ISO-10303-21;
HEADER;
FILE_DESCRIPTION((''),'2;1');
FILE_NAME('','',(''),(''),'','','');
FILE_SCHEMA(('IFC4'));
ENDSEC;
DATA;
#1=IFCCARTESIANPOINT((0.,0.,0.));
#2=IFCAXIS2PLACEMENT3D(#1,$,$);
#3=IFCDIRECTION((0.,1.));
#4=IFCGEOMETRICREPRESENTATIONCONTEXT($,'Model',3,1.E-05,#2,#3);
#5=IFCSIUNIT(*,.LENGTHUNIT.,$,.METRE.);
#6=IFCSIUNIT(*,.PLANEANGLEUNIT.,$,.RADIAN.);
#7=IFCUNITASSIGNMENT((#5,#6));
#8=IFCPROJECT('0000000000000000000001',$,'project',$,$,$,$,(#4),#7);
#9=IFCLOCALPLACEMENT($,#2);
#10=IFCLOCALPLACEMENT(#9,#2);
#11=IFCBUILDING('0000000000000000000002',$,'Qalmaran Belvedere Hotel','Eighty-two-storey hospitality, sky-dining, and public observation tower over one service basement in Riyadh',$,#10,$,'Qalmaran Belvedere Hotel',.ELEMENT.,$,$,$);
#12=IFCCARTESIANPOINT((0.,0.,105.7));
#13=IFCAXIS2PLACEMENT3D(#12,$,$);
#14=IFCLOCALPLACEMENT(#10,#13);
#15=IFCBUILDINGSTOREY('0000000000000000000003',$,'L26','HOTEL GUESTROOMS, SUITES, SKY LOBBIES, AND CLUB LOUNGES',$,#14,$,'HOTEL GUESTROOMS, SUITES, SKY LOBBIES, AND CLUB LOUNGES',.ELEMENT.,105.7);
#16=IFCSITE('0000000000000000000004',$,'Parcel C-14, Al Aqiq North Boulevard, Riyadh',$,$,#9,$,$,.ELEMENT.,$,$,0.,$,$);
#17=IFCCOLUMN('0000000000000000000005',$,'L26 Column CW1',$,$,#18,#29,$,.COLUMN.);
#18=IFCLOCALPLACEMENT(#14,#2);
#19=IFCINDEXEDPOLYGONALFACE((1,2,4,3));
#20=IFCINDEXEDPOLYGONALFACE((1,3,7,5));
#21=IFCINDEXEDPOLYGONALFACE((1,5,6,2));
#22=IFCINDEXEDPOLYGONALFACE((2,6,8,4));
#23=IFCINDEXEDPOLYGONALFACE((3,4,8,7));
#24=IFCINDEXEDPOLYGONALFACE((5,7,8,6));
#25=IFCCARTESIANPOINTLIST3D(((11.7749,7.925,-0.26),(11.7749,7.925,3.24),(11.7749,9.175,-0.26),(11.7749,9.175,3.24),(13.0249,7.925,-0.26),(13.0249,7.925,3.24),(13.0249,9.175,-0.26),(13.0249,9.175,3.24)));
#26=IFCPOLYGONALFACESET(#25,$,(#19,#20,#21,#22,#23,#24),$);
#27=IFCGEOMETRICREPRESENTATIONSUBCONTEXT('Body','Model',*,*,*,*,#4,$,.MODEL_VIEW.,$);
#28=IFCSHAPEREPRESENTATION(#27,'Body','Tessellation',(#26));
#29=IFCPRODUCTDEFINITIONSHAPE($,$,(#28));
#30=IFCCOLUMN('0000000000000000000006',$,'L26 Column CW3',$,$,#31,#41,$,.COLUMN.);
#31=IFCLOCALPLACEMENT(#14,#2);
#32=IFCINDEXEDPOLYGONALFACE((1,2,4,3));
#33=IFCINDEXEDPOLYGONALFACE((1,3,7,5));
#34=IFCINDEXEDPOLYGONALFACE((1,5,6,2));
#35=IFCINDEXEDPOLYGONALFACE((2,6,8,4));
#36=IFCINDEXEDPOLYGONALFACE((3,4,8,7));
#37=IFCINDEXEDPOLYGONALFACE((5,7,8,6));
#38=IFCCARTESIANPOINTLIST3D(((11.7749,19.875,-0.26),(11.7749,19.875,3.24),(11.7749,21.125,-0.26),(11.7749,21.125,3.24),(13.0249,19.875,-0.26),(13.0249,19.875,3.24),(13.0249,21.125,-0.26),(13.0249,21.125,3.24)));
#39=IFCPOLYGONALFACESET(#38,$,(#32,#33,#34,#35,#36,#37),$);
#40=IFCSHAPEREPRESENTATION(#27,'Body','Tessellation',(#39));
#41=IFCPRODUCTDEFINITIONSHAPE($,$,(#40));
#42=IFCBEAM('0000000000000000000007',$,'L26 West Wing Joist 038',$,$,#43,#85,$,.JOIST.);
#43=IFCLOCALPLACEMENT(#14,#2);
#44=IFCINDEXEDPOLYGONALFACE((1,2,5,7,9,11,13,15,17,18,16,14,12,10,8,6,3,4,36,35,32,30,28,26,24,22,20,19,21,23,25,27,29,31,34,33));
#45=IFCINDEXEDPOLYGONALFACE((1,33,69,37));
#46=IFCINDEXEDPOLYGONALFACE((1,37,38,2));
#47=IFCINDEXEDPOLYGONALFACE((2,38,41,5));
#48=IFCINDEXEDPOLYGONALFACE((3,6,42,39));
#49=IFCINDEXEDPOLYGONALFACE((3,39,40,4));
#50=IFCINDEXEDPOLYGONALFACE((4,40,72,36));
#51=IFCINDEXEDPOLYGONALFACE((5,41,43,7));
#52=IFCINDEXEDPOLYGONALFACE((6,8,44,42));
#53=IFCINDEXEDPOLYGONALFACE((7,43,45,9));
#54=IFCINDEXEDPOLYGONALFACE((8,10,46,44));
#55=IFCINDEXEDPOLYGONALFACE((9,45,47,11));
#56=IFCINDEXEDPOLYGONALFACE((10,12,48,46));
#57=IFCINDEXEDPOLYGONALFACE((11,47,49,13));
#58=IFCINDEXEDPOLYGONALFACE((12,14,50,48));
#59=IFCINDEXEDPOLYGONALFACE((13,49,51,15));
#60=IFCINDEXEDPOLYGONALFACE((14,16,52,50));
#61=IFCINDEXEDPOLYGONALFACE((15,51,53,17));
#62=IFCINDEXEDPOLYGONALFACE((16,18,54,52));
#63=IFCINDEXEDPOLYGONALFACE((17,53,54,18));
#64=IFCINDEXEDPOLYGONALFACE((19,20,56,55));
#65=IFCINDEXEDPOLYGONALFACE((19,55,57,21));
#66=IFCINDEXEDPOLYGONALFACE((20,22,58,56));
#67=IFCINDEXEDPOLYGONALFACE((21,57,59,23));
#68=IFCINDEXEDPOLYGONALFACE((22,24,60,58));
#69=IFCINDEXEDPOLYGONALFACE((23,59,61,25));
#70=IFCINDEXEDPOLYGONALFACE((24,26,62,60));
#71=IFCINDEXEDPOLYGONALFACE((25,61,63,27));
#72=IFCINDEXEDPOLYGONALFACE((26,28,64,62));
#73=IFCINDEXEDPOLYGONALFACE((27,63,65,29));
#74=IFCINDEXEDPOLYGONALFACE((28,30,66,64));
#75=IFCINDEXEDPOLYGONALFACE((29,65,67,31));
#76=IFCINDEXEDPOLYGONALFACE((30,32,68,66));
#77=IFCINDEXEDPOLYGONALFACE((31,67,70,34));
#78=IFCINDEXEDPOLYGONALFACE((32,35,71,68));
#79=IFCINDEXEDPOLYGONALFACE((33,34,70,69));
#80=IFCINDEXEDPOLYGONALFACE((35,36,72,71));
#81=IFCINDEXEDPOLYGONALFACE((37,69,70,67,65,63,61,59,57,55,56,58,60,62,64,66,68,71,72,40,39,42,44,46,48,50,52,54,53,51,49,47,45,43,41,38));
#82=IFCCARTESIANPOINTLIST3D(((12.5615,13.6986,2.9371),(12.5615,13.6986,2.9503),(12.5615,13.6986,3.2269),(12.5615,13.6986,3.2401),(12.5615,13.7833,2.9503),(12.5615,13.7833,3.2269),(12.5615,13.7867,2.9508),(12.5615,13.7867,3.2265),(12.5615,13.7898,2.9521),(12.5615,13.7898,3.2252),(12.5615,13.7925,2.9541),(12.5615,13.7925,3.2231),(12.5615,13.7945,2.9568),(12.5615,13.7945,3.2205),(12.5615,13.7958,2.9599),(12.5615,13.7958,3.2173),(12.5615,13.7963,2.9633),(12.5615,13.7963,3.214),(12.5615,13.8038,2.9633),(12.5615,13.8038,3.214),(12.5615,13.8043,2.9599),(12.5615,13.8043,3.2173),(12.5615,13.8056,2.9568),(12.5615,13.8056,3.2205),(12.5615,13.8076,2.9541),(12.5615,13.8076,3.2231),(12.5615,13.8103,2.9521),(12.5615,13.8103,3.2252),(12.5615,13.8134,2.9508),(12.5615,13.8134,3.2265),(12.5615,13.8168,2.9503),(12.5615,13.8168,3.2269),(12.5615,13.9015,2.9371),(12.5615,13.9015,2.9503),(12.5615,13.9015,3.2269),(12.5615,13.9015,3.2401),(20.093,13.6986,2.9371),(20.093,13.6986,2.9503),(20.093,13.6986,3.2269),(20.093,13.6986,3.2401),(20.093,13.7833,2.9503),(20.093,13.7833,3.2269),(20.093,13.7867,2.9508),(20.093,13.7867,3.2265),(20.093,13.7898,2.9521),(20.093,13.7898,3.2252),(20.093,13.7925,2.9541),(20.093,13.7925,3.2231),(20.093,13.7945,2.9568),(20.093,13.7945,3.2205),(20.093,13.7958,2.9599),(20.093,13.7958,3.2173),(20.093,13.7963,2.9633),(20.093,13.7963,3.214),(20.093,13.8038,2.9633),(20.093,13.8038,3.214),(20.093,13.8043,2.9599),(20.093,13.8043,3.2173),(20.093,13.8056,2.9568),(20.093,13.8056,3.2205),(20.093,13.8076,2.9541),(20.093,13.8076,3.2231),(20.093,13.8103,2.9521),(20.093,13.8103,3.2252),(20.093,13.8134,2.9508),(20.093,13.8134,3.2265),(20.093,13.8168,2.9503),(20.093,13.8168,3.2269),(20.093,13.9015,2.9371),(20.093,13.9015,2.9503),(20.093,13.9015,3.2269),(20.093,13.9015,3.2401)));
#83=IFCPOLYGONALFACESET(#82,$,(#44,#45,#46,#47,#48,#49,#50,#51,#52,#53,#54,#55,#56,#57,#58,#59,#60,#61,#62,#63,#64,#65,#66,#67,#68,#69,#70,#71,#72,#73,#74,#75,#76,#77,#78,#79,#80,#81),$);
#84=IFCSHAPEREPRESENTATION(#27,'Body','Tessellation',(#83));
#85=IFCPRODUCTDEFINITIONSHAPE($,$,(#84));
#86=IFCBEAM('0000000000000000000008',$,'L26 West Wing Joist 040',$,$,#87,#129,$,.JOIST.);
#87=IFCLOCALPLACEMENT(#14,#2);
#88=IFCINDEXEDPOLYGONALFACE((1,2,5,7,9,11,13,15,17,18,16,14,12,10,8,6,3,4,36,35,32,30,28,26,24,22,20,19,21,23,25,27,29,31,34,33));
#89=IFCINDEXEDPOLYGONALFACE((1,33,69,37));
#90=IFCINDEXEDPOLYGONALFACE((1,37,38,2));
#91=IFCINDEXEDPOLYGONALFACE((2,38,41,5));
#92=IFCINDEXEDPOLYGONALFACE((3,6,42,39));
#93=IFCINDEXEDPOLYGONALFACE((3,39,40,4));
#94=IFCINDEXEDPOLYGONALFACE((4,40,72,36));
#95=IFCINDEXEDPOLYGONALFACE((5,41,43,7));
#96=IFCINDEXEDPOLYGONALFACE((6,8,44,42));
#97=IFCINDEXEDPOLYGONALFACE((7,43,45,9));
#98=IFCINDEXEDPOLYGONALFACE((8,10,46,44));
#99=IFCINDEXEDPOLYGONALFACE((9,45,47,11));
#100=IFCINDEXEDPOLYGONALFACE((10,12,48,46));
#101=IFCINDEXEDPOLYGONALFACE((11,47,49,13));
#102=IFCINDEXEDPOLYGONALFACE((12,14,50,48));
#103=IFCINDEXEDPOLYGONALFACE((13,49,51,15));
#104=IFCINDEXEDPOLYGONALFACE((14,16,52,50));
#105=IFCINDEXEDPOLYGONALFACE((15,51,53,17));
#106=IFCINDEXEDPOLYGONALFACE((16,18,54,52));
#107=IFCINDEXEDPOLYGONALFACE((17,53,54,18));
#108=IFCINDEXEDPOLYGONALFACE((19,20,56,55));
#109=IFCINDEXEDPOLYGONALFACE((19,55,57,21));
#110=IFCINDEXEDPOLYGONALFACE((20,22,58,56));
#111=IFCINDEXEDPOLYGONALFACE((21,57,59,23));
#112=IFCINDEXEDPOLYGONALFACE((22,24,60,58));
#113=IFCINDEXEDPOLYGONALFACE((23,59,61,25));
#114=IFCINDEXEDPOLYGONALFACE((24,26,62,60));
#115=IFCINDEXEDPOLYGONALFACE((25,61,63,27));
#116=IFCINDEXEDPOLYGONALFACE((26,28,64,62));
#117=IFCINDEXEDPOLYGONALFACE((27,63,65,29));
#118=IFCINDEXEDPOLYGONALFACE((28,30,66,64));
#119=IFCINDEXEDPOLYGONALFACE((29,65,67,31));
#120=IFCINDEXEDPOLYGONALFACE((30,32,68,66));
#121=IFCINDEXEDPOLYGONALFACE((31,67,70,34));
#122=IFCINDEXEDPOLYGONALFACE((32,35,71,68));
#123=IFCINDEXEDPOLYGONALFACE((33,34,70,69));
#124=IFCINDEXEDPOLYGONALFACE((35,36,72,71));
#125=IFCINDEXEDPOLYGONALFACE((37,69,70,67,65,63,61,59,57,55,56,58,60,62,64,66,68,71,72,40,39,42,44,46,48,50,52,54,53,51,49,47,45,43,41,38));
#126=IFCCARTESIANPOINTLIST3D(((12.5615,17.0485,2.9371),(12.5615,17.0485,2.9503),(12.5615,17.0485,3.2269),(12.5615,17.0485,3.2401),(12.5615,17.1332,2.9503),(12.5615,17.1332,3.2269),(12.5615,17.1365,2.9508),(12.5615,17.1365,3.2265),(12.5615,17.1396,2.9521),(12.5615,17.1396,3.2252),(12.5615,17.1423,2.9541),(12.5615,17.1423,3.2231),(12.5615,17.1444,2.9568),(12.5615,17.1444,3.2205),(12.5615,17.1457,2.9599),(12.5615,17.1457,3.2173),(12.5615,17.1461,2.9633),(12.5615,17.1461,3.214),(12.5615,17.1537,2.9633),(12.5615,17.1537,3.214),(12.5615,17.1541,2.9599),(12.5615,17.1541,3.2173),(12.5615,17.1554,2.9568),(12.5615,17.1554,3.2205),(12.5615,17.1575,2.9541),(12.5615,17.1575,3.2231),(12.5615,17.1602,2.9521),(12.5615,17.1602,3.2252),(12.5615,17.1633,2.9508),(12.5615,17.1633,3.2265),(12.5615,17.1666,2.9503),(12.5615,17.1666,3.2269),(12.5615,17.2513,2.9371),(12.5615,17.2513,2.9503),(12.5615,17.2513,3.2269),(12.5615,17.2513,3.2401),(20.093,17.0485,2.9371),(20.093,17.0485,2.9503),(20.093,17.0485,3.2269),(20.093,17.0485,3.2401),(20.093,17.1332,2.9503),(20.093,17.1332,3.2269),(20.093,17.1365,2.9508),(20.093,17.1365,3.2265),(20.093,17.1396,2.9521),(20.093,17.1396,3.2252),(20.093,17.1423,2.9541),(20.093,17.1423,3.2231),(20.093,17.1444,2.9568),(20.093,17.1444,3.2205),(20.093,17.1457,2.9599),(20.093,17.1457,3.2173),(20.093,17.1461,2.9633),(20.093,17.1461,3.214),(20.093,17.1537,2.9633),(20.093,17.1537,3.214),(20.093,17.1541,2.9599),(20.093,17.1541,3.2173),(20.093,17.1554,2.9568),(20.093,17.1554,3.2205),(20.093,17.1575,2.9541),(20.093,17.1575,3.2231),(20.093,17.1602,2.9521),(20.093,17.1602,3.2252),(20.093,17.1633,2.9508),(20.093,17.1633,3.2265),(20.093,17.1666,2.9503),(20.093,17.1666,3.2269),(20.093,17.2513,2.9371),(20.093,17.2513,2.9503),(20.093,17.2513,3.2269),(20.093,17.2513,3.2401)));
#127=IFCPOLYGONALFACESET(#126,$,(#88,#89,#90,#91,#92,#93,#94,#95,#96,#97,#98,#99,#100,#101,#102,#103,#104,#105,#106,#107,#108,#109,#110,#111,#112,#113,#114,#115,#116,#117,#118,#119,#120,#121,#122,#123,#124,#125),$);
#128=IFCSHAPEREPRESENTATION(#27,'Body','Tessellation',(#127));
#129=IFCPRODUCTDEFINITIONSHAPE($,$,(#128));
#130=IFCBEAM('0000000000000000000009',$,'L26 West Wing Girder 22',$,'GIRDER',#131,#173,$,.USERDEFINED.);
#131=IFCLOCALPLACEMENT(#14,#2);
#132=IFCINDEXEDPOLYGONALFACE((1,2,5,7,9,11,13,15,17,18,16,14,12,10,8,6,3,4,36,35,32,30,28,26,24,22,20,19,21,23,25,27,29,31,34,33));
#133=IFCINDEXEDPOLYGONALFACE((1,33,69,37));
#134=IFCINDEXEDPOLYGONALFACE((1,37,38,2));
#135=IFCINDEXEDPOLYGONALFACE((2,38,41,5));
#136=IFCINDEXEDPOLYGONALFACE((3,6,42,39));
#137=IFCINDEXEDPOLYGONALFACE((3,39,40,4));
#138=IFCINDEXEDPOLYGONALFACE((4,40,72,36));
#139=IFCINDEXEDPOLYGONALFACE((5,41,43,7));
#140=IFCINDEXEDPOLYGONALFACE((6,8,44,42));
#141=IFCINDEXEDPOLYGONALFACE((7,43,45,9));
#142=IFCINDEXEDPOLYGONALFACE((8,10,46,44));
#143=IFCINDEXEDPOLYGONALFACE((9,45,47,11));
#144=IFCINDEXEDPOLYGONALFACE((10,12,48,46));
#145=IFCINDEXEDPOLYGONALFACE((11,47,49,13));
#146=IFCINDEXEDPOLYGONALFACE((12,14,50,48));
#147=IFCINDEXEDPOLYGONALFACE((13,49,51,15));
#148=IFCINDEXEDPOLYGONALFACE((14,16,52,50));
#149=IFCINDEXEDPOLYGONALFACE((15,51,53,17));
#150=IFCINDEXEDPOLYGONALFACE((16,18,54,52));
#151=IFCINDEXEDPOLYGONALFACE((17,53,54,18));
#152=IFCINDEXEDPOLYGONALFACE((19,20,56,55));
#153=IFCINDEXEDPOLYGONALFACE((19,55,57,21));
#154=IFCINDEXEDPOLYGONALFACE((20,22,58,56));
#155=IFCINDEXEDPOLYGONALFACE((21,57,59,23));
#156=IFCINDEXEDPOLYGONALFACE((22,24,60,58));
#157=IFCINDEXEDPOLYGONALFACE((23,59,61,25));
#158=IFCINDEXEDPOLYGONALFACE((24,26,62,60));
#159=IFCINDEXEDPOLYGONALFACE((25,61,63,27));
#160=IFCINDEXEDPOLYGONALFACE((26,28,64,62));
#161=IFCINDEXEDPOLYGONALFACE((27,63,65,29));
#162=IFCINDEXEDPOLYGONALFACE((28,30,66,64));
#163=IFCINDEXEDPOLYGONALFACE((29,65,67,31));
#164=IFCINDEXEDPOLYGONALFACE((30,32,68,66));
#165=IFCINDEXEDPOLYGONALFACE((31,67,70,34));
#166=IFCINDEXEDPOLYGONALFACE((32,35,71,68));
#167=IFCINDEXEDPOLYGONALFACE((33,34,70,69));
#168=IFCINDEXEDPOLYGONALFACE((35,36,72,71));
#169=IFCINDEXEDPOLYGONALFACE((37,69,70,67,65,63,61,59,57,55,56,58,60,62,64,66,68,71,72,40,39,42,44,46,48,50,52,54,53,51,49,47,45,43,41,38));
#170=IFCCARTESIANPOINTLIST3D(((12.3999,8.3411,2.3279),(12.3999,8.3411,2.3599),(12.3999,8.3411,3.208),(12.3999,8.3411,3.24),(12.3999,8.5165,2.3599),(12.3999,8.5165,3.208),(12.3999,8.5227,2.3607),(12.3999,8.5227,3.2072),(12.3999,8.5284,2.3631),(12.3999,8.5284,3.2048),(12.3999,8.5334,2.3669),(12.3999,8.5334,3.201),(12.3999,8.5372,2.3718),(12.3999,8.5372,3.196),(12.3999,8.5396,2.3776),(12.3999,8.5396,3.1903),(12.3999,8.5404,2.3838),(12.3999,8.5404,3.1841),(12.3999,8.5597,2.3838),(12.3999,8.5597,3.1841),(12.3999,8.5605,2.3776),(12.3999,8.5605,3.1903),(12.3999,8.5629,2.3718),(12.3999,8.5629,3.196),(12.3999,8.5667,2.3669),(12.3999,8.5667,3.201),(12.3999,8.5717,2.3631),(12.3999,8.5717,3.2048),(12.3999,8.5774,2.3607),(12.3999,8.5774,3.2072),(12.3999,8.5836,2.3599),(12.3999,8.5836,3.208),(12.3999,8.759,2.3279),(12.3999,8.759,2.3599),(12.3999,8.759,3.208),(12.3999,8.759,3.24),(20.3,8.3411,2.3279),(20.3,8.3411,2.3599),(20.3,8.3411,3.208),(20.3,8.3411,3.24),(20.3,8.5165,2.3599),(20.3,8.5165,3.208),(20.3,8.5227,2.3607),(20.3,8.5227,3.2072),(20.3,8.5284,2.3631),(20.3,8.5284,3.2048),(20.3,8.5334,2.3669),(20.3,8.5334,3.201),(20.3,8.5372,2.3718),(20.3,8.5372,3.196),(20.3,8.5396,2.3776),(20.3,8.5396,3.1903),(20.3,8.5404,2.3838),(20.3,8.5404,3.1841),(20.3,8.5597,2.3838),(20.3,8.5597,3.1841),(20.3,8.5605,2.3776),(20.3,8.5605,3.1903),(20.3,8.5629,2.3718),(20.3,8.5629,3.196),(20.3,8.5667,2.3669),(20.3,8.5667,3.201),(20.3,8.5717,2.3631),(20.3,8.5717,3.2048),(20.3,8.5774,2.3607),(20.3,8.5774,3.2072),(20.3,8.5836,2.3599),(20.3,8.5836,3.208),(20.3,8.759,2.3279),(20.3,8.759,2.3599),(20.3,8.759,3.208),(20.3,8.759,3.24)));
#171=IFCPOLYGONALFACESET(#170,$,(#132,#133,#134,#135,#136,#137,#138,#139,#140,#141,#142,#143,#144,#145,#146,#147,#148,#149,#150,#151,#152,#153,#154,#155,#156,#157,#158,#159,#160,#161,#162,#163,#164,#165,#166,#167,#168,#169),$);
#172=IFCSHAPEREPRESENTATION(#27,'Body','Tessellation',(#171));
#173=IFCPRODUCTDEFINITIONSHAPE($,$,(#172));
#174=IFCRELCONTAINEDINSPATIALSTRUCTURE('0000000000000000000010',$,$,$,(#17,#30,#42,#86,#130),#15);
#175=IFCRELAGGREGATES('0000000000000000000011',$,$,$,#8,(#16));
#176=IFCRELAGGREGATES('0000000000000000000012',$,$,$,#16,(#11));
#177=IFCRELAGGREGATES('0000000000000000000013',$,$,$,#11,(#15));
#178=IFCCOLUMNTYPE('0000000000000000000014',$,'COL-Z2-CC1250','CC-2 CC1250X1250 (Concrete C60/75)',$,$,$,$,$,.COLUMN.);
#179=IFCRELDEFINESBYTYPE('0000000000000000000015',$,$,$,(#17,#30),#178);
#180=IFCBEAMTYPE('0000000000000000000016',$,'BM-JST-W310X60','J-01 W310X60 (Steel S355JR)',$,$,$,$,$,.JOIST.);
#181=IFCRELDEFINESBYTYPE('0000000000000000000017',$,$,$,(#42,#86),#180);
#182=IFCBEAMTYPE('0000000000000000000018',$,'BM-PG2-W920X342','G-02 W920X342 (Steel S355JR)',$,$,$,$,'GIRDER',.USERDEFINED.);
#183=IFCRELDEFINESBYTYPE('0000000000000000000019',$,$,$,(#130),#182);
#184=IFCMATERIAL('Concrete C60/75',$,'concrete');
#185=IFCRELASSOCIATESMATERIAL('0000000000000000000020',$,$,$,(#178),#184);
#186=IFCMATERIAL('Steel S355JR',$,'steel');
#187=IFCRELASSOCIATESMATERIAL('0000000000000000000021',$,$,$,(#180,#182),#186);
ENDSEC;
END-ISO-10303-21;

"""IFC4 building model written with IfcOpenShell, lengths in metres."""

from ifc_helpers import new_model, si_unit, direction, frame, origin, origin_2d, place, context, subcontext, project, spatial, rectangle, i_section, extrude, material, material_profile, profile_set, type_object, element, save


model = new_model("IFC4")

# Units and contexts
model_context = context("Model", 3, precision=1e-05, world=origin(), true_north=direction((0.0, 1.0)))
body_context = subcontext(model_context, "Body", "Model", "MODEL_VIEW")
ifc_project = project(units=[si_unit("LENGTHUNIT", "METRE"), si_unit("PLANEANGLEUNIT", "RADIAN")], contexts=[model_context])

# Site, building, storey
site_placement = place(None, origin())
site = spatial("IfcSite", under=ifc_project, at=site_placement, Name="Parcel C-14, Al Aqiq North Boulevard, Riyadh", CompositionType="ELEMENT", RefElevation=0.0)
building_placement = place(site_placement, origin())
building = spatial("IfcBuilding", under=site, at=building_placement, Name="Qalmaran Belvedere Hotel", Description="Eighty-two-storey hospitality, sky-dining, and public observation tower over one service basement in Riyadh", LongName="Qalmaran Belvedere Hotel", CompositionType="ELEMENT")
storey_placement = place(building_placement, frame((0.0, 0.0, 105.7)))
storey = spatial("IfcBuildingStorey", under=building, at=storey_placement, Name="L26", Description="HOTEL GUESTROOMS, SUITES, SKY LOBBIES, AND CLUB LOUNGES", LongName="HOTEL GUESTROOMS, SUITES, SKY LOBBIES, AND CLUB LOUNGES", CompositionType="ELEMENT", Elevation=105.7)

# Columns
ifc_material_1 = material(Name="Concrete C60/75", Category="concrete")
ifc_material_profile_1 = material_profile(ifc_material_1, rectangle(XDim=1.25, YDim=1.25, at=origin_2d()), Name="CC1250X1250")
ifc_profile_set_1 = profile_set([ifc_material_profile_1], Name="Concrete C60/75")
column_type = type_object("IfcColumnType", Name="COL-Z2-CC1250", Description="CC-2 CC1250X1250 (Concrete C60/75)", PredefinedType="COLUMN", material=ifc_profile_set_1)
for number, where, z_axis, x_axis, name in (
    (1, (12.3999, 8.55, -0.26), (0.0, 0.0, 1.0), (1.0, 0.0, 0.0), "L26 Column CW1"),
    (2, (12.3999, 20.5, -0.26), (0.0, 0.0, 1.0), (1.0, 0.0, 0.0), "L26 Column CW3"),
):
    element("IfcColumn", number, at=place(storey_placement, frame(where, z_axis=z_axis, x_axis=x_axis)), inside=storey, type_object=column_type, Name=name, PredefinedType="COLUMN", context=body_context, shape_type="SweptSolid", body=[
        extrude(rectangle(XDim=1.25, YDim=1.25, at=origin_2d()), origin(), (0.0, 0.0, 1.0), 3.5),
    ])

# Beams
ifc_material_2 = material(Name="Steel S355JR", Category="steel")
ifc_material_profile_2 = material_profile(ifc_material_2, i_section(OverallWidth=0.2029, OverallDepth=0.303, WebThickness=0.0076, FlangeThickness=0.0132, FilletRadius=0.0129, at=origin_2d()), Name="W310X60")
ifc_profile_set_2 = profile_set([ifc_material_profile_2], Name="Steel S355JR")
beam_type_1 = type_object("IfcBeamType", Name="BM-JST-W310X60", Description="J-01 W310X60 (Steel S355JR)", PredefinedType="JOIST", material=ifc_profile_set_2)
for number, where, z_axis, x_axis, name in (
    (3, (12.5615, 13.8, 3.0886), (1.0, 0.0, 0.0), (0.0, 1.0, 0.0), "L26 West Wing Joist 038"),
    (4, (12.5615, 17.1499, 3.0886), (1.0, 0.0, 0.0), (0.0, 1.0, 0.0), "L26 West Wing Joist 040"),
):
    element("IfcBeam", number, at=place(storey_placement, frame(where, z_axis=z_axis, x_axis=x_axis)), inside=storey, type_object=beam_type_1, Name=name, PredefinedType="JOIST", context=body_context, shape_type="SweptSolid", body=[
        extrude(i_section(OverallWidth=0.2029, OverallDepth=0.303, WebThickness=0.0076, FlangeThickness=0.0132, FilletRadius=0.0129, at=origin_2d()), origin(), (0.0, 0.0, 1.0), 7.5315),
    ])
ifc_material_profile_3 = material_profile(ifc_material_2, i_section(OverallWidth=0.418, OverallDepth=0.9121, WebThickness=0.0193, FlangeThickness=0.032, FilletRadius=0.0239, at=origin_2d()), Name="W920X342")
ifc_profile_set_3 = profile_set([ifc_material_profile_3], Name="Steel S355JR")
beam_type_2 = type_object("IfcBeamType", Name="BM-PG2-W920X342", Description="G-02 W920X342 (Steel S355JR)", ElementType="GIRDER", PredefinedType="USERDEFINED", material=ifc_profile_set_3)
for number, where, z_axis, x_axis, name in (
    (5, (12.3999, 8.55, 2.7839), (1.0, 0.0, 0.0), (0.0, 1.0, 0.0), "L26 West Wing Girder 22"),
):
    element("IfcBeam", number, at=place(storey_placement, frame(where, z_axis=z_axis, x_axis=x_axis)), inside=storey, type_object=beam_type_2, Name=name, ObjectType="GIRDER", PredefinedType="USERDEFINED", context=body_context, shape_type="SweptSolid", body=[
        extrude(i_section(OverallWidth=0.418, OverallDepth=0.9121, WebThickness=0.0193, FlangeThickness=0.032, FilletRadius=0.0239, at=origin_2d()), origin(), (0.0, 0.0, 1.0), 7.9001),
    ])

save(model, "model.ifc")
